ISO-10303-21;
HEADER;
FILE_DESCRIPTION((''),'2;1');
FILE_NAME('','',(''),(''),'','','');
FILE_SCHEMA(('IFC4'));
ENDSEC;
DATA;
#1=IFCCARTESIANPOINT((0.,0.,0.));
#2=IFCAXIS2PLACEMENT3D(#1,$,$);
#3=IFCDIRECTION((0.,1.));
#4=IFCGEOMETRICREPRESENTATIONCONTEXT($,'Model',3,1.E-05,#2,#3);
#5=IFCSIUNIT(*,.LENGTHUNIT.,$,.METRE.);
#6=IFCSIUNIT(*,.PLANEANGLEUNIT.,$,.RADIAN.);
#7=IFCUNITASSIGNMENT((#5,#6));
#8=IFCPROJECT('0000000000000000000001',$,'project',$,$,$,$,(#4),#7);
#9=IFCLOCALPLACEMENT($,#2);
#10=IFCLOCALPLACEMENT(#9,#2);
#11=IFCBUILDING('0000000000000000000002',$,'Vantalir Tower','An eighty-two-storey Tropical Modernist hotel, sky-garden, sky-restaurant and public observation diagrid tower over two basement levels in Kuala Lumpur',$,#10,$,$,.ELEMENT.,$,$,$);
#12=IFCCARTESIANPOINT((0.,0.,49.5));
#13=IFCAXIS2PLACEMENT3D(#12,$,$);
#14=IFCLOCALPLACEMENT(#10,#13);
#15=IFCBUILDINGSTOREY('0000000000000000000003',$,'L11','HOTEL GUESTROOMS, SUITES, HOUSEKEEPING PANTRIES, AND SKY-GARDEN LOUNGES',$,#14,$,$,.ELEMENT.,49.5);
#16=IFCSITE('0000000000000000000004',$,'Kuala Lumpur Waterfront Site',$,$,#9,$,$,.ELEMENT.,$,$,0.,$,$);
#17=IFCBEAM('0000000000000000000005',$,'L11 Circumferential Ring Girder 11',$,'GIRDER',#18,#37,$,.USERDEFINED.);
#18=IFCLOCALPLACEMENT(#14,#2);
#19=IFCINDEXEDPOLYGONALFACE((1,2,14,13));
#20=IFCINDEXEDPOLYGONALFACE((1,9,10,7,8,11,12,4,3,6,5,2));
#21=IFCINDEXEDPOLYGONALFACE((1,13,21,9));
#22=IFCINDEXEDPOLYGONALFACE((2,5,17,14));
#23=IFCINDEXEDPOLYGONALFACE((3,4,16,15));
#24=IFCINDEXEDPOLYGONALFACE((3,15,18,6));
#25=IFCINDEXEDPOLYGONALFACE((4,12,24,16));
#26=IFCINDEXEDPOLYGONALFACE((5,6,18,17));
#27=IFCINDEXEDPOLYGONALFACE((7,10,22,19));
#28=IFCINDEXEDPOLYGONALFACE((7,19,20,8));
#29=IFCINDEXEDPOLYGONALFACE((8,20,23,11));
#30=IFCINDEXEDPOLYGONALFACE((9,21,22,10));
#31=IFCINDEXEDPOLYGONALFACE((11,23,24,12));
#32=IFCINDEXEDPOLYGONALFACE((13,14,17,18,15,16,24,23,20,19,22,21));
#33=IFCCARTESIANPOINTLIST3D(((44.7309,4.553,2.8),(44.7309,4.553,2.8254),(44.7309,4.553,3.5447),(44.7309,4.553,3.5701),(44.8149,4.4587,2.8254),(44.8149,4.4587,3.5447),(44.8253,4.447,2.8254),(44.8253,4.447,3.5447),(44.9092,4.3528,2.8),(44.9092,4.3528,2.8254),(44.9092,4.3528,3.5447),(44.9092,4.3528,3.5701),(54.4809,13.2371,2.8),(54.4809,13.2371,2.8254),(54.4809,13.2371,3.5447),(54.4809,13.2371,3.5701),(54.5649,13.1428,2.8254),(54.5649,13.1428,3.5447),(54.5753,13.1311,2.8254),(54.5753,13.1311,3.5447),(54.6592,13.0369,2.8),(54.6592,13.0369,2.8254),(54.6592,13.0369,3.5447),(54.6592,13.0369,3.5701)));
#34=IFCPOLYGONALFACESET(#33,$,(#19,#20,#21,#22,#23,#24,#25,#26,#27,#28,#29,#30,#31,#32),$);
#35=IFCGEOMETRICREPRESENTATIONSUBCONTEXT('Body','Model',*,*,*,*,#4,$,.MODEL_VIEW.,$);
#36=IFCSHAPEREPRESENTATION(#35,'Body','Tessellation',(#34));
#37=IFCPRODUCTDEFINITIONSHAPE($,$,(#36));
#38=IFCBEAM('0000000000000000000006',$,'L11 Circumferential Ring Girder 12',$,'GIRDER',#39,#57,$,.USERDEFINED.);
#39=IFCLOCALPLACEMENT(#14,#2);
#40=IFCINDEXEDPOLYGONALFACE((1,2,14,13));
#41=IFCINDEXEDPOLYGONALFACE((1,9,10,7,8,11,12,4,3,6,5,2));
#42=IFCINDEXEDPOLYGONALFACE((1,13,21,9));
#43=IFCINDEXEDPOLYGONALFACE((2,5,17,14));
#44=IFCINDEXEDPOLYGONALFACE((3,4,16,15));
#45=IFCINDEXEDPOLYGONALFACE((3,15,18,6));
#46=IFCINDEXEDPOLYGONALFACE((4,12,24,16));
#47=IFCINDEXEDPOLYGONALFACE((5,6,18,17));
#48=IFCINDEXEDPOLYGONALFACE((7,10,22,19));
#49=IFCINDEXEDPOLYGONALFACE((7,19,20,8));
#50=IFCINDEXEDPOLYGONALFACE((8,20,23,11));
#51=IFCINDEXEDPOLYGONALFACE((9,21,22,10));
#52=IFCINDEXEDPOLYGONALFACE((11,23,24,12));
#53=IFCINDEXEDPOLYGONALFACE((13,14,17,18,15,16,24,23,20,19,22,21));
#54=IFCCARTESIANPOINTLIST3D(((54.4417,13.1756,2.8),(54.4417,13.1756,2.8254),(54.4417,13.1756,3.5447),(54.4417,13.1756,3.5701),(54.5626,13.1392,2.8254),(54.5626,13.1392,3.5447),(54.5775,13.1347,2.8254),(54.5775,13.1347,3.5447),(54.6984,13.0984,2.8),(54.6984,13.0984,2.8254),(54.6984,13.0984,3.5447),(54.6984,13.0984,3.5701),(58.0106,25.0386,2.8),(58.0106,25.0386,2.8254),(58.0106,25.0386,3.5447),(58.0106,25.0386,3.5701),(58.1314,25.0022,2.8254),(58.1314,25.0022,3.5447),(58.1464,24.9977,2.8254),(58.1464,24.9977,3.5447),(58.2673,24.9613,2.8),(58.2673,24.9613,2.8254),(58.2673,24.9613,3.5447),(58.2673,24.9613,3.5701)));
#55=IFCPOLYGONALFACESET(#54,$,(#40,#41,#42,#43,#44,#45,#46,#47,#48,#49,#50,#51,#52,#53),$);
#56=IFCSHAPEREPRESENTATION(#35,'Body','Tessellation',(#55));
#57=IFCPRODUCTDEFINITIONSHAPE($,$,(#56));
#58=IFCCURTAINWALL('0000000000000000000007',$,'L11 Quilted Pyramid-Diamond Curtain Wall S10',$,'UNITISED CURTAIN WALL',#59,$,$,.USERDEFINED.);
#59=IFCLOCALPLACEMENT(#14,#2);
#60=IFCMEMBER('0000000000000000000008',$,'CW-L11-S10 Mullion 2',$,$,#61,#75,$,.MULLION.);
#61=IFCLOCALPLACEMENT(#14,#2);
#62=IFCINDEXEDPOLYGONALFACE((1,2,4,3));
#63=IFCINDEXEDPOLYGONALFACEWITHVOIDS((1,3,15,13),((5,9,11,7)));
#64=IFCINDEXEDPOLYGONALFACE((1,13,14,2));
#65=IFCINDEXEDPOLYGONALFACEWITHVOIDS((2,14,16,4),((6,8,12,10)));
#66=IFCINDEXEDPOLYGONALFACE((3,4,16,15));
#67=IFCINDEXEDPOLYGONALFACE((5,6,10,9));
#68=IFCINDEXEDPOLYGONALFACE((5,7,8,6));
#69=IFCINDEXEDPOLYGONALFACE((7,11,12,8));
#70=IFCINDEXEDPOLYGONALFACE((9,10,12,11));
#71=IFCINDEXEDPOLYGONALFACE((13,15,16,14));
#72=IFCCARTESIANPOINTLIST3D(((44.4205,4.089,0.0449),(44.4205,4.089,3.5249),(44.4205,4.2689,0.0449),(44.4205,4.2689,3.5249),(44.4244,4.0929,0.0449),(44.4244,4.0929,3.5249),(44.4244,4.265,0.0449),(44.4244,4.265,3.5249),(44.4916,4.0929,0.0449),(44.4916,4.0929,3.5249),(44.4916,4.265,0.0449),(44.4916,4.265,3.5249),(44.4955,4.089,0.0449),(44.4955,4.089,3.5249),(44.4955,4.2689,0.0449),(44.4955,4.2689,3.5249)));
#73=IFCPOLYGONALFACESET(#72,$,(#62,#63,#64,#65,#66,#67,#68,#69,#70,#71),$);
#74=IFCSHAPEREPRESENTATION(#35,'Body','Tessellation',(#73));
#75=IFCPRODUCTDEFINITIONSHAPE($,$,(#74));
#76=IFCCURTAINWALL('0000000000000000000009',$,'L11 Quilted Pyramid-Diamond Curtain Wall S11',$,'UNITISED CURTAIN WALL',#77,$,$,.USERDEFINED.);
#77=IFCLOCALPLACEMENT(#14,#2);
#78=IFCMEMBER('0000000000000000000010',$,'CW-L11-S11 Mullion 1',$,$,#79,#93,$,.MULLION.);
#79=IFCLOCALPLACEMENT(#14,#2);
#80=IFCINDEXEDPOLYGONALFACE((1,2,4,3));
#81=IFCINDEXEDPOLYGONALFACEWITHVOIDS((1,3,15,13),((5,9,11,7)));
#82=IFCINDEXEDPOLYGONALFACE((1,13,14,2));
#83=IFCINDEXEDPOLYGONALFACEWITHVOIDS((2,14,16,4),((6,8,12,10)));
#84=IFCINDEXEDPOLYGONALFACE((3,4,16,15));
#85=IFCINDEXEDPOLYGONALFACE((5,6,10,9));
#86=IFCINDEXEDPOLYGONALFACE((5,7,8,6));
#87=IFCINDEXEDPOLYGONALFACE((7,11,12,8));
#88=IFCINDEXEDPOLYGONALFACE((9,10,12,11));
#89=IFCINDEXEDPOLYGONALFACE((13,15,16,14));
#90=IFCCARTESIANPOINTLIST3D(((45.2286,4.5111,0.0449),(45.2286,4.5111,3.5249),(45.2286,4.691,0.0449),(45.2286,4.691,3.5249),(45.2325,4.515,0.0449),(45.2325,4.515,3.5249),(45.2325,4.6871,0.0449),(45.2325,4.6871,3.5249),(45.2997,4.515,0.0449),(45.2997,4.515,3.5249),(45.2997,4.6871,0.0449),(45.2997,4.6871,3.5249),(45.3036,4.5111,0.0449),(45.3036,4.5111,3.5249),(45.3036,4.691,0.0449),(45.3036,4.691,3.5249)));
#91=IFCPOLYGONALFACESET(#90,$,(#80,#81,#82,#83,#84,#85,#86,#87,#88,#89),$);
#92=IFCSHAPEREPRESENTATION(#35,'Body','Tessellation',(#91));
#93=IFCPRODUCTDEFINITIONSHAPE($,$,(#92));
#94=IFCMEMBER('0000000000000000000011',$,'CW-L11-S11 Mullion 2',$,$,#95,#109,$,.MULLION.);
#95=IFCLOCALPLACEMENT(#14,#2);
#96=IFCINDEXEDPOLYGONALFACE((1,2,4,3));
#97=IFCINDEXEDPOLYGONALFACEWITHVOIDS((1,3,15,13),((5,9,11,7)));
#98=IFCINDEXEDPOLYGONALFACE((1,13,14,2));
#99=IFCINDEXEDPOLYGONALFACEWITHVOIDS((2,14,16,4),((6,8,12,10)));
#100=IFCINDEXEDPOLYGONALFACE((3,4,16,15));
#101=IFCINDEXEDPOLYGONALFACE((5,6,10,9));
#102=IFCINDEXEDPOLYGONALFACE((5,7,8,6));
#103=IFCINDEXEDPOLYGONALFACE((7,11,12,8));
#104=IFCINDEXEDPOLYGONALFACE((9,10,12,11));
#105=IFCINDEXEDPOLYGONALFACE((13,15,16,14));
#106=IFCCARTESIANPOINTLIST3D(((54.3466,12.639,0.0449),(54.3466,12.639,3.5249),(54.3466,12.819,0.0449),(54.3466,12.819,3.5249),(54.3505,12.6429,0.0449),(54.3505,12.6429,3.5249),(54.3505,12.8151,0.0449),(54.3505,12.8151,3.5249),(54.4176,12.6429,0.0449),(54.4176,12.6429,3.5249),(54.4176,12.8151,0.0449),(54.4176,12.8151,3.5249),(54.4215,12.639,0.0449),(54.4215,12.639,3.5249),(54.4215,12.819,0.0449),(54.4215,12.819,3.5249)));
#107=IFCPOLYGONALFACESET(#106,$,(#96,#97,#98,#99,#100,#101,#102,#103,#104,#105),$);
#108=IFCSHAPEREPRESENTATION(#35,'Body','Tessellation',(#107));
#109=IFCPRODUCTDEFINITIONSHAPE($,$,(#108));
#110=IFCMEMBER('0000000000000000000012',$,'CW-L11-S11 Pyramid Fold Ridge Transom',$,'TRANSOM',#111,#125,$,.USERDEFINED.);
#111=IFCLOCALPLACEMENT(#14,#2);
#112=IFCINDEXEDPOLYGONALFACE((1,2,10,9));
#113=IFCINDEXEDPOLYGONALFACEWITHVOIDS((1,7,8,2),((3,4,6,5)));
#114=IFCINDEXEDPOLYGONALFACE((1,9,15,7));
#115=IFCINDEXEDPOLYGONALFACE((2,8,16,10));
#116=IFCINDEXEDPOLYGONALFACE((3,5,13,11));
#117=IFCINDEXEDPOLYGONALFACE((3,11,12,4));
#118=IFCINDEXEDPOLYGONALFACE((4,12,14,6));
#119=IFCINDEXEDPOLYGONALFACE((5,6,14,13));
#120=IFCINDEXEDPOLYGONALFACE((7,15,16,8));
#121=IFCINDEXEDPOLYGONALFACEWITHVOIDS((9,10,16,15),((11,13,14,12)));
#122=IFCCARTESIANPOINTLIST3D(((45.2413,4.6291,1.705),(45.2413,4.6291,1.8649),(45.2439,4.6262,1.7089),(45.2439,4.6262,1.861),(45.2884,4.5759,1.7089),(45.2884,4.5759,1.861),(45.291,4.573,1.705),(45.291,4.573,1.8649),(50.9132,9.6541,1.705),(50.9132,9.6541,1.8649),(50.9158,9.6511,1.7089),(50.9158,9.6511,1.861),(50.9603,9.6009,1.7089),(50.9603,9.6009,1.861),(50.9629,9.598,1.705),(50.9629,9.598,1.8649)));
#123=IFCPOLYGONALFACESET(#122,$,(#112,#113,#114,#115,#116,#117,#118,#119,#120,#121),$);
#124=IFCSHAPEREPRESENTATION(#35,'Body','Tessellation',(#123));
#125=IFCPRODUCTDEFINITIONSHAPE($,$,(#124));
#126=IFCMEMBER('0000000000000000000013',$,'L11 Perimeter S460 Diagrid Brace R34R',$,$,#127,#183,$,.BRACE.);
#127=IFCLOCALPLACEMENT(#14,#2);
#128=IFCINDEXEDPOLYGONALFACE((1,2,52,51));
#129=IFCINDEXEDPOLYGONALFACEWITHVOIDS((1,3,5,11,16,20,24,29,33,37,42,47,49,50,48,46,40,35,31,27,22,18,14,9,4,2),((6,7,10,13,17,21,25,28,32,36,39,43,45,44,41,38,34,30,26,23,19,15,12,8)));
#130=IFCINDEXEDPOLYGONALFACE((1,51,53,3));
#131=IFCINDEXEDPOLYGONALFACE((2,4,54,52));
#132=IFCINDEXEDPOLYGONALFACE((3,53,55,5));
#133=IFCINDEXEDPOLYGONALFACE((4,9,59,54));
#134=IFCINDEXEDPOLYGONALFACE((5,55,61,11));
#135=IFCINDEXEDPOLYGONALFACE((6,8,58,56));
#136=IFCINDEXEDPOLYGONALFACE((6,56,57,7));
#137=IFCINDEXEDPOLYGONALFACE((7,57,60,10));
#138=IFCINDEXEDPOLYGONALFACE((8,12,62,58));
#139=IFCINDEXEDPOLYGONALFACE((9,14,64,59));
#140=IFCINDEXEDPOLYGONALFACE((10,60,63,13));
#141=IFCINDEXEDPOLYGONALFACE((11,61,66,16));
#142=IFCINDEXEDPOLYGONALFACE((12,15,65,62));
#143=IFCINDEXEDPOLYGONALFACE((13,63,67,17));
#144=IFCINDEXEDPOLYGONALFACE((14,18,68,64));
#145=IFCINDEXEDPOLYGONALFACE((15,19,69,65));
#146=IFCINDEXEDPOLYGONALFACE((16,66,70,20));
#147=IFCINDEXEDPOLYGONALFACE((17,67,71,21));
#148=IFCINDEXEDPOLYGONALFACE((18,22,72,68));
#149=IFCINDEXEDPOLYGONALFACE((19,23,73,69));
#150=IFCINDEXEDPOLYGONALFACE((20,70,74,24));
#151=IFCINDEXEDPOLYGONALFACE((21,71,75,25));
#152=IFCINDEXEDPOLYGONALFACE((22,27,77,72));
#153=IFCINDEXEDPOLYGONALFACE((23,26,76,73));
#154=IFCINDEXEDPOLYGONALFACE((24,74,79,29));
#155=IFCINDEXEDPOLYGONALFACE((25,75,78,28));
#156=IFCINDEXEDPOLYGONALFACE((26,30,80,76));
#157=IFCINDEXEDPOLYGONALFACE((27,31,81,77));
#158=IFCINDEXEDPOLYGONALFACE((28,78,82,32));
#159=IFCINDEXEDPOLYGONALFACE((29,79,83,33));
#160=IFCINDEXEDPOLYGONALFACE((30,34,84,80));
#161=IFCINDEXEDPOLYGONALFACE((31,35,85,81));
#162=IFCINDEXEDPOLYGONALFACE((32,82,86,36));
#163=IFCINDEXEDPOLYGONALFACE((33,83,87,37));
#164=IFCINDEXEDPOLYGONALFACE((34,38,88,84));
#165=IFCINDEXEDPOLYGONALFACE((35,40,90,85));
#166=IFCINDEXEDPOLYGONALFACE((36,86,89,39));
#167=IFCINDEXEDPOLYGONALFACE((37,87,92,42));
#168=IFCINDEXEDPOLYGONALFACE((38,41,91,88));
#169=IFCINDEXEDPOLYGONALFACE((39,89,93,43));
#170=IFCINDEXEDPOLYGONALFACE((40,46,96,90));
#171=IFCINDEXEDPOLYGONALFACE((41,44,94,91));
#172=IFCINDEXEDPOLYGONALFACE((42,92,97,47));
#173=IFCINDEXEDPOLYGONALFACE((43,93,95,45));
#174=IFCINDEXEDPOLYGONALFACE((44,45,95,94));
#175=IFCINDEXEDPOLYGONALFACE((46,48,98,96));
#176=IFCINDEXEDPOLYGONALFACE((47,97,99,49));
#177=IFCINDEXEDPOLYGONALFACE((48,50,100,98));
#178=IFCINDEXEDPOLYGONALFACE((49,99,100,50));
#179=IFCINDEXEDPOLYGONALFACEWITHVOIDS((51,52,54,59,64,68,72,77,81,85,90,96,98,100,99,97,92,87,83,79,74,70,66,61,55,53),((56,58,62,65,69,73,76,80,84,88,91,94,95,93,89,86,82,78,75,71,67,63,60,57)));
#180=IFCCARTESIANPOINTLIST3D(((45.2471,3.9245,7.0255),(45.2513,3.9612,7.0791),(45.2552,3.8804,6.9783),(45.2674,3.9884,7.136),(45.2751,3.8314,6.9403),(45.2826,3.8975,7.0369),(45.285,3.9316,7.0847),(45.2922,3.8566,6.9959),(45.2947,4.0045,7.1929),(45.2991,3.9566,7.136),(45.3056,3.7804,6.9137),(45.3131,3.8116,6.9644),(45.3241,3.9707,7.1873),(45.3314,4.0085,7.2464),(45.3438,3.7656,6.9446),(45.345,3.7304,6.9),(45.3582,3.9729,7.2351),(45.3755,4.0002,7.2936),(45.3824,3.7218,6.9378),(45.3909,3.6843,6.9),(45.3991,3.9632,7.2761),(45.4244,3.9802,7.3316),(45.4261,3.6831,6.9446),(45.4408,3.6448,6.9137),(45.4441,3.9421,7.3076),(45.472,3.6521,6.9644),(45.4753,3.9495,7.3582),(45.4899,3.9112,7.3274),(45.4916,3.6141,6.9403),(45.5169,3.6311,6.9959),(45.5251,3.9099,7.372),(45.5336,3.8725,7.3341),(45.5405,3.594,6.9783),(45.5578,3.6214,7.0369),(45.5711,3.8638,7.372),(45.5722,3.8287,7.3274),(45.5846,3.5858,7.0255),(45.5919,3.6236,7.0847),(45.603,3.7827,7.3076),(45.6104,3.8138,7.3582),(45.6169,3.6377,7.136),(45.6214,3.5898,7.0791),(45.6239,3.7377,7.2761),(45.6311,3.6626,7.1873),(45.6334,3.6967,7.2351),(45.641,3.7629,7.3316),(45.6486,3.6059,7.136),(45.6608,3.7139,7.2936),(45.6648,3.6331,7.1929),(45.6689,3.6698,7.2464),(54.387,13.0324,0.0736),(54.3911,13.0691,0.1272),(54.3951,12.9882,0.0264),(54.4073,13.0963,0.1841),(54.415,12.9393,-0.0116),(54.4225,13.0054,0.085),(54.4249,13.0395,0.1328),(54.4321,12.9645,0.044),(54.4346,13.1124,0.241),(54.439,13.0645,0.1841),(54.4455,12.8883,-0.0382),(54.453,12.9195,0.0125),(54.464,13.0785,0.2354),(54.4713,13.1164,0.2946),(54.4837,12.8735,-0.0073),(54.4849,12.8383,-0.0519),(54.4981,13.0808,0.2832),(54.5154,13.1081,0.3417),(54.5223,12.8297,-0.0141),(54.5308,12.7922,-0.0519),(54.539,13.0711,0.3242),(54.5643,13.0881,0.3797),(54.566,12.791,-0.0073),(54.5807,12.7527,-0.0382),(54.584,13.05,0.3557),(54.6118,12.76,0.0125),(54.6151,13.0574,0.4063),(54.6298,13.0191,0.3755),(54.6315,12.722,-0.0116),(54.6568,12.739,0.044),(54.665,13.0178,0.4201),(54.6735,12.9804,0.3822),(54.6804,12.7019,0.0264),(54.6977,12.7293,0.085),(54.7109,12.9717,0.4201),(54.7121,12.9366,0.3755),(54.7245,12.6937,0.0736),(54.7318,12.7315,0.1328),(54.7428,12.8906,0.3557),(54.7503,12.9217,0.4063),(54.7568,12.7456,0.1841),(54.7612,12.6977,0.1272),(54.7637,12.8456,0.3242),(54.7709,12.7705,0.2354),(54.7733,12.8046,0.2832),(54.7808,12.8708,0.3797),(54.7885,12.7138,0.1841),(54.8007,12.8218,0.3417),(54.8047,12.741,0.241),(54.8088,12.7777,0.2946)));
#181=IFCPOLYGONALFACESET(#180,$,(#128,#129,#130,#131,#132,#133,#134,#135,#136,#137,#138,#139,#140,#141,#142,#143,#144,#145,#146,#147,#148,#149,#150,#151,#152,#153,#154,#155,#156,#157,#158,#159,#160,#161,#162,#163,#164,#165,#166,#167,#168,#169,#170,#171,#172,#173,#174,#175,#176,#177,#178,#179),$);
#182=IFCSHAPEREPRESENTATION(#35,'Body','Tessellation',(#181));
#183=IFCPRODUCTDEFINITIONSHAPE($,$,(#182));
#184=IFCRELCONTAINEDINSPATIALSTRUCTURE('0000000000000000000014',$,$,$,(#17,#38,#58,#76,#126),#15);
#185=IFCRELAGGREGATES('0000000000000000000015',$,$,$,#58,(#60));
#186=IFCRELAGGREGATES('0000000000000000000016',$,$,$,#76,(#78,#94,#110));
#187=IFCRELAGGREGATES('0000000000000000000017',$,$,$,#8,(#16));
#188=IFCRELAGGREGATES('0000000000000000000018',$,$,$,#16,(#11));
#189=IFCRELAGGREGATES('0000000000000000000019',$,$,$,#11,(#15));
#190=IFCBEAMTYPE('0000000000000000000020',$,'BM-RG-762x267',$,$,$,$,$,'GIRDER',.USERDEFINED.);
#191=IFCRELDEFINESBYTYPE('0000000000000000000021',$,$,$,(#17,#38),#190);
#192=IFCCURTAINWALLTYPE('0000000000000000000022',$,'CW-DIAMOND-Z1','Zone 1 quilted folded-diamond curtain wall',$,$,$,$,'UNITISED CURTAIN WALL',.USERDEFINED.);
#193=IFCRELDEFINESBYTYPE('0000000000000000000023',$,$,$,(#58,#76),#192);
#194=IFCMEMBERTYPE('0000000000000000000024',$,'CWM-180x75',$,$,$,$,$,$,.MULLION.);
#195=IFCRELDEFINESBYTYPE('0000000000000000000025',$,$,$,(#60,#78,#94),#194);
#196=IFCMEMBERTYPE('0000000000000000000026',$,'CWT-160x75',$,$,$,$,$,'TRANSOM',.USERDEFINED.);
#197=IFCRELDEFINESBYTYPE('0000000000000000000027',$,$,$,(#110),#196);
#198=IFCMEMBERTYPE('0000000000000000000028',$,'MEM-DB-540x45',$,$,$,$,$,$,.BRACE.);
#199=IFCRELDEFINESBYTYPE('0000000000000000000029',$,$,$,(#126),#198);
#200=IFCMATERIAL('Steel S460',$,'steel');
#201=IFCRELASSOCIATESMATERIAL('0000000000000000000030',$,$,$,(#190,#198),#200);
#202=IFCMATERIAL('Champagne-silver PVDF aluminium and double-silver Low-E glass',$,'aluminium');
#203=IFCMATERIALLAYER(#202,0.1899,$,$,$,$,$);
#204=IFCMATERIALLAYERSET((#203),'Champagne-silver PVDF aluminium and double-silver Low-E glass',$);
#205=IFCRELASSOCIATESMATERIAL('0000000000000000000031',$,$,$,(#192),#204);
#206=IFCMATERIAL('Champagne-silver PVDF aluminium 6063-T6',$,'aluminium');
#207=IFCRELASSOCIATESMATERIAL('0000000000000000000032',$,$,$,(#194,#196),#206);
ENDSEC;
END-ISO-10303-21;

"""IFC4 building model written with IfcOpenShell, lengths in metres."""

from ifc_helpers import new_model, si_unit, direction, frame, origin, origin_2d, place, context, subcontext, project, spatial, hollow_rectangle, hollow_circle, i_section, extrude, material, layer, layer_set, material_profile, profile_set, type_object, element, aggregate, save


model = new_model("IFC4")

# Units and contexts
model_context = context("Model", 3, precision=1e-05, world=origin(), true_north=direction((0.0, 1.0)))
body_context = subcontext(model_context, "Body", "Model", "MODEL_VIEW")
ifc_project = project(units=[si_unit("LENGTHUNIT", "METRE"), si_unit("PLANEANGLEUNIT", "RADIAN")], contexts=[model_context])

# Site, building, storey
site_placement = place(None, origin())
site = spatial("IfcSite", under=ifc_project, at=site_placement, Name="Kuala Lumpur Waterfront Site", CompositionType="ELEMENT", RefElevation=0.0)
building_placement = place(site_placement, origin())
building = spatial("IfcBuilding", under=site, at=building_placement, Name="Vantalir Tower", Description="An eighty-two-storey Tropical Modernist hotel, sky-garden, sky-restaurant and public observation diagrid tower over two basement levels in Kuala Lumpur", CompositionType="ELEMENT")
storey_placement = place(building_placement, frame((0.0, 0.0, 49.5)))
storey = spatial("IfcBuildingStorey", under=building, at=storey_placement, Name="L11", Description="HOTEL GUESTROOMS, SUITES, HOUSEKEEPING PANTRIES, AND SKY-GARDEN LOUNGES", CompositionType="ELEMENT", Elevation=49.5)

# Shared definitions
ifc_material_1 = material(Name="Steel S460", Category="steel")

# Beams
ifc_material_profile_1 = material_profile(ifc_material_1, i_section(OverallWidth=0.2681, OverallDepth=0.77, WebThickness=0.0156, FlangeThickness=0.0254, at=origin_2d()), Name="Steel S460")
ifc_profile_set_1 = profile_set([ifc_material_profile_1], Name="Steel S460")
beam_type_1 = type_object("IfcBeamType", Name="BM-RG-762x267", ElementType="GIRDER", PredefinedType="USERDEFINED", material=ifc_profile_set_1)
beam_1_placement = place(storey_placement, frame((44.8201, 4.4529, 3.1851), z_axis=(0.746747, 0.665109, 0.0), x_axis=(-0.665109, 0.746747, 0.0)))
element("IfcBeam", 1, at=beam_1_placement, inside=storey, type_object=beam_type_1, Name="L11 Circumferential Ring Girder 11", ObjectType="GIRDER", PredefinedType="USERDEFINED", context=body_context, shape_type="SweptSolid", body=[
    extrude(i_section(OverallWidth=0.2681, OverallDepth=0.77, WebThickness=0.0156, FlangeThickness=0.0254, at=origin_2d()), origin(), (0.0, 0.0, 1.0), 13.0566),
])
beam_2_placement = place(storey_placement, frame((54.5701, 13.137, 3.1851), z_axis=(0.288084, 0.957605, 0.0), x_axis=(-0.957605, 0.288084, 0.0)))
element("IfcBeam", 2, at=beam_2_placement, inside=storey, type_object=beam_type_1, Name="L11 Circumferential Ring Girder 12", ObjectType="GIRDER", PredefinedType="USERDEFINED", context=body_context, shape_type="SweptSolid", body=[
    extrude(i_section(OverallWidth=0.2681, OverallDepth=0.77, WebThickness=0.0156, FlangeThickness=0.0254, at=origin_2d()), origin(), (0.0, 0.0, 1.0), 12.3882),
])

# Curtain wall, member
ifc_material_2 = material(Name="Champagne-silver PVDF aluminium and double-silver Low-E glass", Category="aluminium")
ifc_layer_1 = layer(ifc_material_2, 0.1899)
ifc_layer_set_1 = layer_set([ifc_layer_1], Name="Champagne-silver PVDF aluminium and double-silver Low-E glass")
curtain_wall_type = type_object("IfcCurtainWallType", Name="CW-DIAMOND-Z1", Description="Zone 1 quilted folded-diamond curtain wall", ElementType="UNITISED CURTAIN WALL", PredefinedType="USERDEFINED", material=ifc_layer_set_1)
curtain_wall_1_placement = place(storey_placement, origin())
curtain_wall_1 = element("IfcCurtainWall", 3, at=curtain_wall_1_placement, inside=storey, type_object=curtain_wall_type, Name="L11 Quilted Pyramid-Diamond Curtain Wall S10", ObjectType="UNITISED CURTAIN WALL", PredefinedType="USERDEFINED")
ifc_material_3 = material(Name="Champagne-silver PVDF aluminium 6063-T6", Category="aluminium")
ifc_material_profile_2 = material_profile(ifc_material_3, hollow_rectangle(XDim=0.075, YDim=0.1799, WallThickness=0.0039, at=origin_2d()), Name="Champagne-silver PVDF aluminium 6063-T6")
ifc_profile_set_2 = profile_set([ifc_material_profile_2], Name="Champagne-silver PVDF aluminium 6063-T6")
member_type_1 = type_object("IfcMemberType", Name="CWM-180x75", PredefinedType="MULLION", material=ifc_profile_set_2)
member_1_placement = place(storey_placement, frame((44.458, 4.179, 0.0449), z_axis=(0.0, 0.0, 1.0), x_axis=(1.0, 0.0, 0.0)))
member_1 = element("IfcMember", 4, at=member_1_placement, type_object=member_type_1, Name="CW-L11-S10 Mullion 2", PredefinedType="MULLION", context=body_context, shape_type="SweptSolid", body=[
    extrude(hollow_rectangle(XDim=0.075, YDim=0.1799, WallThickness=0.0039, at=origin_2d()), origin(), (0.0, 0.0, 1.0), 3.48),
])
aggregate(curtain_wall_1, [member_1])

# Curtain wall, members
curtain_wall_2_placement = place(storey_placement, origin())
curtain_wall_2 = element("IfcCurtainWall", 5, at=curtain_wall_2_placement, inside=storey, type_object=curtain_wall_type, Name="L11 Quilted Pyramid-Diamond Curtain Wall S11", ObjectType="UNITISED CURTAIN WALL", PredefinedType="USERDEFINED")
member_2_placement = place(storey_placement, frame((45.2661, 4.6011, 0.0449), z_axis=(0.0, 0.0, 1.0), x_axis=(1.0, 0.0, 0.0)))
member_2 = element("IfcMember", 6, at=member_2_placement, type_object=member_type_1, Name="CW-L11-S11 Mullion 1", PredefinedType="MULLION", context=body_context, shape_type="SweptSolid", body=[
    extrude(hollow_rectangle(XDim=0.075, YDim=0.1799, WallThickness=0.0039, at=origin_2d()), origin(), (0.0, 0.0, 1.0), 3.48),
])
member_3_placement = place(storey_placement, frame((54.384, 12.729, 0.0449), z_axis=(0.0, 0.0, 1.0), x_axis=(1.0, 0.0, 0.0)))
member_3 = element("IfcMember", 7, at=member_3_placement, type_object=member_type_1, Name="CW-L11-S11 Mullion 2", PredefinedType="MULLION", context=body_context, shape_type="SweptSolid", body=[
    extrude(hollow_rectangle(XDim=0.075, YDim=0.1799, WallThickness=0.0039, at=origin_2d()), origin(), (0.0, 0.0, 1.0), 3.48),
])
ifc_material_profile_3 = material_profile(ifc_material_3, hollow_rectangle(XDim=0.075, YDim=0.1599, WallThickness=0.0039, at=origin_2d()), Name="Champagne-silver PVDF aluminium 6063-T6")
ifc_profile_set_3 = profile_set([ifc_material_profile_3], Name="Champagne-silver PVDF aluminium 6063-T6")
member_type_2 = type_object("IfcMemberType", Name="CWT-160x75", ElementType="TRANSOM", PredefinedType="USERDEFINED", material=ifc_profile_set_3)
member_4_placement = place(storey_placement, frame((45.2661, 4.6011, 1.7849), z_axis=(0.748507, 0.663127, 0.0), x_axis=(-0.663127, 0.748507, 0.0)))
member_4 = element("IfcMember", 8, at=member_4_placement, type_object=member_type_2, Name="CW-L11-S11 Pyramid Fold Ridge Transom", ObjectType="TRANSOM", PredefinedType="USERDEFINED", context=body_context, shape_type="SweptSolid", body=[
    extrude(hollow_rectangle(XDim=0.075, YDim=0.1599, WallThickness=0.0039, at=origin_2d()), origin(), (0.0, 0.0, 1.0), 7.5776),
])

# Member
ifc_material_profile_4 = material_profile(ifc_material_1, hollow_circle(Radius=0.27, WallThickness=0.0449, at=origin_2d()), Name="Steel S460")
ifc_profile_set_4 = profile_set([ifc_material_profile_4], Name="Steel S460")
member_type_3 = type_object("IfcMemberType", Name="MEM-DB-540x45", PredefinedType="BRACE", material=ifc_profile_set_4)
member_5_placement = place(storey_placement, frame((54.5979, 12.905, 0.1841), z_axis=(-0.623596, -0.621414, 0.474314), x_axis=(0.705866, -0.708345, 0.0)))
element("IfcMember", 9, at=member_5_placement, inside=storey, type_object=member_type_3, Name="L11 Perimeter S460 Diagrid Brace R34R", PredefinedType="BRACE", context=body_context, shape_type="SweptSolid", body=[
    extrude(hollow_circle(Radius=0.27, WallThickness=0.0449, at=origin_2d()), origin(), (0.0, 0.0, 1.0), 14.6567),
])

aggregate(curtain_wall_2, [member_2, member_3, member_4])

save(model, "model.ifc")
